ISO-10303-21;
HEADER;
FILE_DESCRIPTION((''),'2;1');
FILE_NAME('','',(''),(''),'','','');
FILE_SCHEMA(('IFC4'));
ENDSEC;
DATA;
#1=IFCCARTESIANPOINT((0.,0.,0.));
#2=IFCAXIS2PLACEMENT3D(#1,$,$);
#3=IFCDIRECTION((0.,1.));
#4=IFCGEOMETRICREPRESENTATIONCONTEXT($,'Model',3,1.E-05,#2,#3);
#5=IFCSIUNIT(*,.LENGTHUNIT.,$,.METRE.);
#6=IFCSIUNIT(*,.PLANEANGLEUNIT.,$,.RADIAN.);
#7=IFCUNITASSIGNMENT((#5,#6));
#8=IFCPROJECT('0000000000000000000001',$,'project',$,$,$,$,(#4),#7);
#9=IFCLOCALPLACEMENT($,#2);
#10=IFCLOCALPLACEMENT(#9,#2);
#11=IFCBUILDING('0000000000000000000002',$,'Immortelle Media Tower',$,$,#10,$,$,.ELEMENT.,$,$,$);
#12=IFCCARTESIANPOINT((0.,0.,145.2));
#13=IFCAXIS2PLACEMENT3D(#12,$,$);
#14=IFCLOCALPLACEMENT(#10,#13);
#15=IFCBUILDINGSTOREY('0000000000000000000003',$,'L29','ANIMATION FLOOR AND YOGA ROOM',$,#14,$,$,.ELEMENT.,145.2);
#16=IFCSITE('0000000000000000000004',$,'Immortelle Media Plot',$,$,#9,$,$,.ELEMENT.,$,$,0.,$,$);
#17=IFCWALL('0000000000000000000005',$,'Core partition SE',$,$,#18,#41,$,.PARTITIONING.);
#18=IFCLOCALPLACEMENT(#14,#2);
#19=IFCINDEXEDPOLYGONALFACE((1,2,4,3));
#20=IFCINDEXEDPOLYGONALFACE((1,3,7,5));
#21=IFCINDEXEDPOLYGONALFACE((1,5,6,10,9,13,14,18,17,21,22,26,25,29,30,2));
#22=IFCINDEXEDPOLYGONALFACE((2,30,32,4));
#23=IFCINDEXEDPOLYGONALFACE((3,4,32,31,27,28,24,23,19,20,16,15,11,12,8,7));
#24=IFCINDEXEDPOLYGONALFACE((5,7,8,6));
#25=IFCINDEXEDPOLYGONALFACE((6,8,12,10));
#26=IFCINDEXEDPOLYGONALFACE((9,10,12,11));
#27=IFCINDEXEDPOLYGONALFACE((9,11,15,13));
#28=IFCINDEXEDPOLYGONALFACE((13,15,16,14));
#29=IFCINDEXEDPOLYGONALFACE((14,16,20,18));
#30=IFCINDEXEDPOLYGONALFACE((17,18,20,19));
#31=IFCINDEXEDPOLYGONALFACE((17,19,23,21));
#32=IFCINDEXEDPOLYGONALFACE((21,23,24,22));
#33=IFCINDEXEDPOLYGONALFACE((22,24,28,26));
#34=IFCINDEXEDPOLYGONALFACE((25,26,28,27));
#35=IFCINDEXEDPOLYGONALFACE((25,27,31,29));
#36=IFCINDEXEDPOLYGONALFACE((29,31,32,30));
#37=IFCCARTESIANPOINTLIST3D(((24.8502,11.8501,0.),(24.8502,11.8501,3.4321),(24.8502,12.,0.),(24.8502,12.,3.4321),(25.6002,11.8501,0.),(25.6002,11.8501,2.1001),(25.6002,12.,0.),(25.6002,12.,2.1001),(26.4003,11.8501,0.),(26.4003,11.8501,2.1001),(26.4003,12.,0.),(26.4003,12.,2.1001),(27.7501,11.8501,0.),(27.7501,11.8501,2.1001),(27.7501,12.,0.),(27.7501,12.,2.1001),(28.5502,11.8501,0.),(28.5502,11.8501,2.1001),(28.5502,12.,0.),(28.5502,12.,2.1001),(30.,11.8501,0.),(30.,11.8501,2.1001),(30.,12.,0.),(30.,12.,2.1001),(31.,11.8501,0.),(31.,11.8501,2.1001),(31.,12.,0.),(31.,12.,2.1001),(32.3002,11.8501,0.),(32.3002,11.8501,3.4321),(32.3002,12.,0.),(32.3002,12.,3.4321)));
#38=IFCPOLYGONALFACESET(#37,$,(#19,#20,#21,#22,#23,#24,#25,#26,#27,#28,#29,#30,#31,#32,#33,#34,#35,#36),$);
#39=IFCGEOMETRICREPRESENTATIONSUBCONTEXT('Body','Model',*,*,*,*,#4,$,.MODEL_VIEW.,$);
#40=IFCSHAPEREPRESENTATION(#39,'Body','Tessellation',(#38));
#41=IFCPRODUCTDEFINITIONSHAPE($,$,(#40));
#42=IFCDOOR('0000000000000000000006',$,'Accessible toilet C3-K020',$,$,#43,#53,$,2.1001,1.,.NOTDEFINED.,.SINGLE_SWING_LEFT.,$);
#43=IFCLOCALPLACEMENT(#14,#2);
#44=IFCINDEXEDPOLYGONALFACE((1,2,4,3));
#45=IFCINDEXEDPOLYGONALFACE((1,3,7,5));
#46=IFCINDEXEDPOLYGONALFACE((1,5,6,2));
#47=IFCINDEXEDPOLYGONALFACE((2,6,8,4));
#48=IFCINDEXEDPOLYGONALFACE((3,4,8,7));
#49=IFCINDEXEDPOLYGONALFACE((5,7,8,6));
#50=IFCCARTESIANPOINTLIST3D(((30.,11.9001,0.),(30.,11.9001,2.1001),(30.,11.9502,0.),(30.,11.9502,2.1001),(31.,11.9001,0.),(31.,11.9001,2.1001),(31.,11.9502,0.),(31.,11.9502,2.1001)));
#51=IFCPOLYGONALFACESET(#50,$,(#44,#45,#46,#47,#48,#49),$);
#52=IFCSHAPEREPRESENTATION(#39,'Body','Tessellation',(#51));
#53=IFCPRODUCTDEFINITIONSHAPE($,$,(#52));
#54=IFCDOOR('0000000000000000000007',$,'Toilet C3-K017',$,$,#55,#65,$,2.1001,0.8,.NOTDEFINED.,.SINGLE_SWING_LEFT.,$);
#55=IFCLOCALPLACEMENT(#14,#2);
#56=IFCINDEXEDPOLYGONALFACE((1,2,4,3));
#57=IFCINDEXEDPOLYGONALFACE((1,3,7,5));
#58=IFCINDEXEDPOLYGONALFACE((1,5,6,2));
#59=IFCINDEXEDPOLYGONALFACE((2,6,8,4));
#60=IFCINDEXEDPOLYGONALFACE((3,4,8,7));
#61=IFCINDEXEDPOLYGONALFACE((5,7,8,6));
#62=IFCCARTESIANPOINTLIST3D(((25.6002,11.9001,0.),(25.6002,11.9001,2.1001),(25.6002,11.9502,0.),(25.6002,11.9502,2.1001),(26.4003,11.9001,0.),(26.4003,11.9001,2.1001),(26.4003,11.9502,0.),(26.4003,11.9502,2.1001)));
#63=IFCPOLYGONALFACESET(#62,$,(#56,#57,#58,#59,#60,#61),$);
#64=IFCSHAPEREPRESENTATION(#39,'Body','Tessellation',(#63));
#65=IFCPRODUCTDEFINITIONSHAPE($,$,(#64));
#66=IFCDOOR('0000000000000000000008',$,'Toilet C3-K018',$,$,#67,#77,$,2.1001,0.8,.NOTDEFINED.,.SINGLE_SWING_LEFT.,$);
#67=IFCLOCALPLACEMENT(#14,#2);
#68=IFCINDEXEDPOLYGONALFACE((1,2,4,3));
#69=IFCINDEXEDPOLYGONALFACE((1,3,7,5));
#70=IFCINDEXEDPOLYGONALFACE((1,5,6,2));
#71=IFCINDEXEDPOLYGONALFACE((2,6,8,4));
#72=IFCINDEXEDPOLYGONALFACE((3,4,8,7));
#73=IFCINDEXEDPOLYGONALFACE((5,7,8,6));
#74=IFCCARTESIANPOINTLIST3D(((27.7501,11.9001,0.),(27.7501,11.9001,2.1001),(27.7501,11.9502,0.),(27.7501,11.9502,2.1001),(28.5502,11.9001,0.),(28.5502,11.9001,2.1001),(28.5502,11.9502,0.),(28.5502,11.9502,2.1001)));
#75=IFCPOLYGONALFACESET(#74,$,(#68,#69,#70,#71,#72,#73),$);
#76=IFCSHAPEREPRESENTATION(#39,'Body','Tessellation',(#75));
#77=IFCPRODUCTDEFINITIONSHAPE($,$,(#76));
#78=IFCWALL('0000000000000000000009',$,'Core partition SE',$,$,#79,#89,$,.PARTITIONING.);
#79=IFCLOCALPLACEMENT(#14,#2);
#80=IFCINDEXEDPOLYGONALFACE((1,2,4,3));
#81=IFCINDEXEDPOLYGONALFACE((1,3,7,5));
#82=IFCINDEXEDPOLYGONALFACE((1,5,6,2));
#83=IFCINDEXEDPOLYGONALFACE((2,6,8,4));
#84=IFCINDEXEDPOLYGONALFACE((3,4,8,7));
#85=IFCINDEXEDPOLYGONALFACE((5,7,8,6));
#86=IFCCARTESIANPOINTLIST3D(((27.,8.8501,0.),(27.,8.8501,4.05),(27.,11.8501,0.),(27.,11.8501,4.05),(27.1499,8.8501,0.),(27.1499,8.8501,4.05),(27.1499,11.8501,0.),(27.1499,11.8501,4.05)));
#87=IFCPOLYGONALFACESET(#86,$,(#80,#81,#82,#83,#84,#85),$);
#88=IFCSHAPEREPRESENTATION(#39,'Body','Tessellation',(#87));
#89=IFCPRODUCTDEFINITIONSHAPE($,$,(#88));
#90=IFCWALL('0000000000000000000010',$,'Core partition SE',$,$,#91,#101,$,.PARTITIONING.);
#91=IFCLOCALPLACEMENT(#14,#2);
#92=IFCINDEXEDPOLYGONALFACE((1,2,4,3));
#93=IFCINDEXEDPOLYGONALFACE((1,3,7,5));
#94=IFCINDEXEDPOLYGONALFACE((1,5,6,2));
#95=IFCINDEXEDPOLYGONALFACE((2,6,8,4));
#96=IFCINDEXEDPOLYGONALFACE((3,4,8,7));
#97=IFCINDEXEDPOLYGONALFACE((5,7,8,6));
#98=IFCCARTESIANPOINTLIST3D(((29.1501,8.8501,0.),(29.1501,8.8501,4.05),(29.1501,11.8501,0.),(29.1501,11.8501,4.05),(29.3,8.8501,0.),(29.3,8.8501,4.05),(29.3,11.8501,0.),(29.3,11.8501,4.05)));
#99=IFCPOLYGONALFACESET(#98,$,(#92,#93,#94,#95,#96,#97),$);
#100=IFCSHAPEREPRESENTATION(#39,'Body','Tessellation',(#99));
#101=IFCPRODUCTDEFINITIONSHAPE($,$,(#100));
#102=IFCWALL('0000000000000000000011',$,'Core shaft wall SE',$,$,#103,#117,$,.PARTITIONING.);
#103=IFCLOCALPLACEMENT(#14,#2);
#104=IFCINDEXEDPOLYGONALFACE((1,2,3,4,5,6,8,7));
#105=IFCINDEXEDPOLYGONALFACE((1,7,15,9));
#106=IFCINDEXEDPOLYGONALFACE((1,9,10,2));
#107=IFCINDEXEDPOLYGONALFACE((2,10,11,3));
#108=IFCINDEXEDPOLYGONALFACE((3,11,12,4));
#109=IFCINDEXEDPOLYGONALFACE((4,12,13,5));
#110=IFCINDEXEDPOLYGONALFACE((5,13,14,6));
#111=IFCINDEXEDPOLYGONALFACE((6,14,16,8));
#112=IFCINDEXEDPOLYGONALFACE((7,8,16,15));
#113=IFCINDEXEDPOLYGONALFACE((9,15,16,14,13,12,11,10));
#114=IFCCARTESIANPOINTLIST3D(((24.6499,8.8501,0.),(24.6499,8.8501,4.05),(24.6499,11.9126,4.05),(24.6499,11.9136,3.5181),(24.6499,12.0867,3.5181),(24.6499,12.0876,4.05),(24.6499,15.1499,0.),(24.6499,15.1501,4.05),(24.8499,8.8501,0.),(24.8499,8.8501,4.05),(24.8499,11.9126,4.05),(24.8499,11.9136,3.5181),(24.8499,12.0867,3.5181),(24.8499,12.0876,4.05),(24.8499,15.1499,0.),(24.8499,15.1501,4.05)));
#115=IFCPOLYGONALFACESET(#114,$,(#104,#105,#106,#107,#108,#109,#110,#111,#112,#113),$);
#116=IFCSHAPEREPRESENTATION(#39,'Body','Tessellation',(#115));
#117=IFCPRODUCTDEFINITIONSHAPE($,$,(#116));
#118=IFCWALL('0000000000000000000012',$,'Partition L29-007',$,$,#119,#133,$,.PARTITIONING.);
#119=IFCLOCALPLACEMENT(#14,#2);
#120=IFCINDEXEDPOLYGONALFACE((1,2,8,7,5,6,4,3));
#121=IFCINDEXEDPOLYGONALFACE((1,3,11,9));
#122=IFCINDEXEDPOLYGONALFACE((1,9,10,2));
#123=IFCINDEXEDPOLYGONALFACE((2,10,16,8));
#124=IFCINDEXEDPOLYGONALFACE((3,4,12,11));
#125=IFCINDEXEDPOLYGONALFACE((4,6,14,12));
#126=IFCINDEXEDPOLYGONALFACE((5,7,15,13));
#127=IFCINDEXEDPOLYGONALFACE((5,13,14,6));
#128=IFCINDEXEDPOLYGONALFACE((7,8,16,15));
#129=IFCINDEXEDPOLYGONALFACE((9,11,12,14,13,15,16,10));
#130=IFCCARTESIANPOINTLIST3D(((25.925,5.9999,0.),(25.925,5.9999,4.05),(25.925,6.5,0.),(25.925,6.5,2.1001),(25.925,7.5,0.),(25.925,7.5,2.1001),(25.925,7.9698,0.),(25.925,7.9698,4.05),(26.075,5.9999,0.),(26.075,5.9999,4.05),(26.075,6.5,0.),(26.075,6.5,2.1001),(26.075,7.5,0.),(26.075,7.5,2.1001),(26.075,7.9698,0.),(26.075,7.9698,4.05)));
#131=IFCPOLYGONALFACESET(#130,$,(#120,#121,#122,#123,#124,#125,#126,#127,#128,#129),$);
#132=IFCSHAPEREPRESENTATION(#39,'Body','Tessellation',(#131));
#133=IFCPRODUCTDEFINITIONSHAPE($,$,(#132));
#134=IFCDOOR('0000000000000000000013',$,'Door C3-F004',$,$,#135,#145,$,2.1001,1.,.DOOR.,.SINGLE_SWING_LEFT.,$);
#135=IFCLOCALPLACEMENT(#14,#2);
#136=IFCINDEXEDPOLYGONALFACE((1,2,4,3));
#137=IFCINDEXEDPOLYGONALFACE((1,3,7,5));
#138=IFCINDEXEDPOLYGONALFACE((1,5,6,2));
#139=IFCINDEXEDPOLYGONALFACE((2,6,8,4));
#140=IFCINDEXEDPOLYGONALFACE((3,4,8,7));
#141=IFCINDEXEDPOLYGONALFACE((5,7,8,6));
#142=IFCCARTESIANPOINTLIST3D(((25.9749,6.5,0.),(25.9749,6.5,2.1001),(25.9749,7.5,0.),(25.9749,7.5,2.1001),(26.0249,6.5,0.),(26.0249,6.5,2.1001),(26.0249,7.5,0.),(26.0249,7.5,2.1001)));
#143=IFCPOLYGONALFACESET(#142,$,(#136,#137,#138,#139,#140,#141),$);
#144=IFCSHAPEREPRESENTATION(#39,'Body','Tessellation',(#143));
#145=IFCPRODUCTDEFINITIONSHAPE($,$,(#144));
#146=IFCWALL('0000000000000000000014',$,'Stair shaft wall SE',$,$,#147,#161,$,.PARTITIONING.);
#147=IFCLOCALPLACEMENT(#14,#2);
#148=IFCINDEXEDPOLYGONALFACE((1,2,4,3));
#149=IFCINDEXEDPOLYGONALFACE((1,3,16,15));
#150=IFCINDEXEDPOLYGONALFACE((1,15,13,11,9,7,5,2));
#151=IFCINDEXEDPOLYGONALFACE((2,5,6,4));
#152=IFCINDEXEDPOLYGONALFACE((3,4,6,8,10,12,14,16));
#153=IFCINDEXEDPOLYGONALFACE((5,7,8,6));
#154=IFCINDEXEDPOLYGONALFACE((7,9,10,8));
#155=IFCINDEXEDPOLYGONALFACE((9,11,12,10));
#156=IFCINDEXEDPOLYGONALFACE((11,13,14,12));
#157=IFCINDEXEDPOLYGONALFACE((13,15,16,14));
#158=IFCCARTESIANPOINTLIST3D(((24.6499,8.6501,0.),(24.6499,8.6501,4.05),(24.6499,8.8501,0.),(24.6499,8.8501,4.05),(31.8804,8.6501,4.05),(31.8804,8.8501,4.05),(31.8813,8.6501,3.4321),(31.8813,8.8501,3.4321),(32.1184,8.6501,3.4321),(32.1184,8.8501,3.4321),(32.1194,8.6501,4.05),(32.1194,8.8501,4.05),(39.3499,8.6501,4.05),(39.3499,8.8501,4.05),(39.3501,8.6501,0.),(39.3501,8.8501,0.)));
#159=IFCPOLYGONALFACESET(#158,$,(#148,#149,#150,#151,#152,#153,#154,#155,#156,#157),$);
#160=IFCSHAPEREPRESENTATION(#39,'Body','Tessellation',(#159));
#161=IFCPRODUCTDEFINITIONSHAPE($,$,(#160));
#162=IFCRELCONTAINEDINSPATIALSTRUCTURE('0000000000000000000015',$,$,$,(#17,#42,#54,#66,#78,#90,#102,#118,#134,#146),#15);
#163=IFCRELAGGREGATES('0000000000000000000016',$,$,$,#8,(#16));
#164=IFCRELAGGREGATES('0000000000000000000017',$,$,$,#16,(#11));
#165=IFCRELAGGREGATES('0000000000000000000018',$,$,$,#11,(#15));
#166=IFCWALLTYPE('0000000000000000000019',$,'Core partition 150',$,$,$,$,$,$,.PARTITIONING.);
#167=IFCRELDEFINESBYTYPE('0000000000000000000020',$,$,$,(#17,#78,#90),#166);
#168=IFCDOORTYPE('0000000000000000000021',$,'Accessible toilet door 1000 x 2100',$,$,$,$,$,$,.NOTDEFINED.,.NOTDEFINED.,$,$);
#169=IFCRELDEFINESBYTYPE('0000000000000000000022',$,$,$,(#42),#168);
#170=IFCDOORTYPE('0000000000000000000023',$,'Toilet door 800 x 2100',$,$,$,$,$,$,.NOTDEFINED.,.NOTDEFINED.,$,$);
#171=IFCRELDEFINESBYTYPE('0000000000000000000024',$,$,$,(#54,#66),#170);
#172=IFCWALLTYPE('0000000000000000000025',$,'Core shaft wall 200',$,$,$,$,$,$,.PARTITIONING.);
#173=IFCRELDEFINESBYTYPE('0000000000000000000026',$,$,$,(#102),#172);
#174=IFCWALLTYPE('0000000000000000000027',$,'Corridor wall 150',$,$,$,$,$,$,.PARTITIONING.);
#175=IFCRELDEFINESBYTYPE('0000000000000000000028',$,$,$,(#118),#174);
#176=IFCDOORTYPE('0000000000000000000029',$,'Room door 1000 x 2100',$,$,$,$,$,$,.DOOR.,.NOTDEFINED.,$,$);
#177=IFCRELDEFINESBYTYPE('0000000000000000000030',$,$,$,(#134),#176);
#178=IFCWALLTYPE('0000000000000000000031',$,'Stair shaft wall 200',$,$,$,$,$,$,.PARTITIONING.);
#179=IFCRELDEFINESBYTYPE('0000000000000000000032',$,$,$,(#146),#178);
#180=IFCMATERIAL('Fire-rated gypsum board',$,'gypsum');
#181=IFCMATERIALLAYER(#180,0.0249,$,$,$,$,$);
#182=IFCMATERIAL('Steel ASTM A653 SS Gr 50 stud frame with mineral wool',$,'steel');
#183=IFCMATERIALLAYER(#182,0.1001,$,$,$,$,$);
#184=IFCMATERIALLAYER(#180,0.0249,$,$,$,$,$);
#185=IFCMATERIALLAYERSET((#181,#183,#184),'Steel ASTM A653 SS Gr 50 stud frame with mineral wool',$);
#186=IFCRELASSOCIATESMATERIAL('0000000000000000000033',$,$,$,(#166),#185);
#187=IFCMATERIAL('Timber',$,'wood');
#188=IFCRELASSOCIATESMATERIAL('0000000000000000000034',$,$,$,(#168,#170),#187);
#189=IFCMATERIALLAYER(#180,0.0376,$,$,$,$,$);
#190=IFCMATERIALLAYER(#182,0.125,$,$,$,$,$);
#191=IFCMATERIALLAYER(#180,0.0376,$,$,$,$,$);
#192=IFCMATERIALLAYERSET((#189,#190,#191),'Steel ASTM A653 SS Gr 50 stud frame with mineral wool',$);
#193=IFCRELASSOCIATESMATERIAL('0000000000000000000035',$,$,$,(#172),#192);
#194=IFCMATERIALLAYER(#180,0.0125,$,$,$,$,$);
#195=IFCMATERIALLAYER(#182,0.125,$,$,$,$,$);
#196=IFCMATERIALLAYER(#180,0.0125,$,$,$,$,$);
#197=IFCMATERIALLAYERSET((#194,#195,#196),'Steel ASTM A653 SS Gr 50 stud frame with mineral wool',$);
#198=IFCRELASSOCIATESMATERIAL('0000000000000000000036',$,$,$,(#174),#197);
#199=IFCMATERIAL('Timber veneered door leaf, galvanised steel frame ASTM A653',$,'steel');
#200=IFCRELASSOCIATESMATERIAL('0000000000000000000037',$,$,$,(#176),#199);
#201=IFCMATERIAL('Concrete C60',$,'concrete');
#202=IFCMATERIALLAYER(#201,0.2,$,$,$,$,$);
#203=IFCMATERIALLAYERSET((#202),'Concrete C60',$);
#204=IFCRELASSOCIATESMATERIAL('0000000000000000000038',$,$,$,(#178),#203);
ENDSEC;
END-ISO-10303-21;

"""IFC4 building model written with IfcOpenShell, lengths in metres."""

from ifc_helpers import new_model, si_unit, direction, frame, frame_2d, origin, place, context, subcontext, project, spatial, polyline, rectangle, outline, extrude, material, layer, layer_set, type_object, element, fill, save


model = new_model("IFC4")

# Units and contexts
model_context = context("Model", 3, precision=1e-05, world=origin(), true_north=direction((0.0, 1.0)))
body_context = subcontext(model_context, "Body", "Model", "MODEL_VIEW")
ifc_project = project(units=[si_unit("LENGTHUNIT", "METRE"), si_unit("PLANEANGLEUNIT", "RADIAN")], contexts=[model_context])

# Site, building, storey
site_placement = place(None, origin())
site = spatial("IfcSite", under=ifc_project, at=site_placement, Name="Immortelle Media Plot", CompositionType="ELEMENT", RefElevation=0.0)
building_placement = place(site_placement, origin())
building = spatial("IfcBuilding", under=site, at=building_placement, Name="Immortelle Media Tower", CompositionType="ELEMENT")
storey_placement = place(building_placement, frame((0.0, 0.0, 145.2)))
storey = spatial("IfcBuildingStorey", under=building, at=storey_placement, Name="L29", Description="ANIMATION FLOOR AND YOGA ROOM", CompositionType="ELEMENT", Elevation=145.2)

# Wall, openings, doors
ifc_material_1 = material(Name="Fire-rated gypsum board", Category="gypsum")
ifc_layer_1 = layer(ifc_material_1, 0.0249)
ifc_material_2 = material(Name="Steel ASTM A653 SS Gr 50 stud frame with mineral wool", Category="steel")
ifc_layer_2 = layer(ifc_material_2, 0.1001)
ifc_layer_3 = layer(ifc_material_1, 0.0249)
ifc_layer_set_1 = layer_set([ifc_layer_1, ifc_layer_2, ifc_layer_3], Name="Steel ASTM A653 SS Gr 50 stud frame with mineral wool")
wall_type_1 = type_object("IfcWallType", Name="Core partition 150", PredefinedType="PARTITIONING", material=ifc_layer_set_1)
wall_1_placement = place(storey_placement, frame((24.8501, 11.925, 0.0), z_axis=(0.0, 0.0, 1.0), x_axis=(1.0, 0.0, 0.0)))
wall_1 = element("IfcWall", 1, at=wall_1_placement, inside=storey, type_object=wall_type_1, Name="Core partition SE", PredefinedType="PARTITIONING", context=body_context, shape_type="SweptSolid", body=[
    extrude(rectangle(XDim=7.45, YDim=0.1499, at=frame_2d((3.7251, 0.0))), origin(), (0.0, 0.0, 1.0), 3.4321),
])
opening_1_placement = place(wall_1_placement, frame((1.55, 0.0, 0.0), z_axis=(0.0, 0.0, 1.0), x_axis=(-1.0, 0.0, 0.0)))
opening_1 = element("IfcOpeningElement", 2, at=opening_1_placement, cuts=wall_1, PredefinedType="OPENING", context=body_context, shape_type="SweptSolid", body=[
    extrude(rectangle(XDim=0.8, YDim=2.1001, at=frame_2d((0.3999, 1.05))), frame((0.0, 0.085, 0.0), z_axis=(0.0, -1.0, 0.0), x_axis=(1.0, 0.0, 0.0)), (0.0, 0.0, 1.0), 0.1699),
])
opening_2_placement = place(wall_1_placement, frame((3.7, 0.0, 0.0), z_axis=(0.0, 0.0, 1.0), x_axis=(-1.0, 0.0, 0.0)))
opening_2 = element("IfcOpeningElement", 3, at=opening_2_placement, cuts=wall_1, PredefinedType="OPENING", context=body_context, shape_type="SweptSolid", body=[
    extrude(rectangle(XDim=0.8, YDim=2.1001, at=frame_2d((0.3999, 1.05))), frame((0.0, 0.085, 0.0), z_axis=(0.0, -1.0, 0.0), x_axis=(1.0, 0.0, 0.0)), (0.0, 0.0, 1.0), 0.1699),
])
opening_3_placement = place(wall_1_placement, frame((6.1499, 0.0, 0.0), z_axis=(0.0, 0.0, 1.0), x_axis=(-1.0, 0.0, 0.0)))
opening_3 = element("IfcOpeningElement", 4, at=opening_3_placement, cuts=wall_1, PredefinedType="OPENING", context=body_context, shape_type="SweptSolid", body=[
    extrude(rectangle(XDim=1.0, YDim=2.1001, at=frame_2d((0.5, 1.05))), frame((0.0, 0.085, 0.0), z_axis=(0.0, -1.0, 0.0), x_axis=(1.0, 0.0, 0.0)), (0.0, 0.0, 1.0), 0.1699),
])
ifc_material_3 = material(Name="Timber", Category="wood")
door_type_1 = type_object("IfcDoorType", Name="Accessible toilet door 1000 x 2100", OperationType="NOTDEFINED", PredefinedType="NOTDEFINED", material=ifc_material_3)
door_1_placement = place(opening_3_placement, origin())
door_1 = element("IfcDoor", 5, at=door_1_placement, inside=storey, type_object=door_type_1, Name="Accessible toilet C3-K020", OperationType="SINGLE_SWING_LEFT", OverallHeight=2.1001, OverallWidth=1.0, PredefinedType="NOTDEFINED", context=body_context, shape_type="SweptSolid", body=[
    extrude(rectangle(XDim=1.0, YDim=2.1001, at=frame_2d((0.5, 1.05))), frame((0.0, 0.0249, 0.0), z_axis=(0.0, -1.0, 0.0), x_axis=(1.0, 0.0, 0.0)), (0.0, 0.0, 1.0), 0.05),
])
fill(opening_3, door_1)
door_type_2 = type_object("IfcDoorType", Name="Toilet door 800 x 2100", OperationType="NOTDEFINED", PredefinedType="NOTDEFINED", material=ifc_material_3)
door_2_placement = place(opening_1_placement, origin())
door_2 = element("IfcDoor", 6, at=door_2_placement, inside=storey, type_object=door_type_2, Name="Toilet C3-K017", OperationType="SINGLE_SWING_LEFT", OverallHeight=2.1001, OverallWidth=0.8, PredefinedType="NOTDEFINED", context=body_context, shape_type="SweptSolid", body=[
    extrude(rectangle(XDim=0.8, YDim=2.1001, at=frame_2d((0.3999, 1.05))), frame((0.0, 0.0249, 0.0), z_axis=(0.0, -1.0, 0.0), x_axis=(1.0, 0.0, 0.0)), (0.0, 0.0, 1.0), 0.05),
])
fill(opening_1, door_2)
door_3_placement = place(opening_2_placement, origin())
door_3 = element("IfcDoor", 7, at=door_3_placement, inside=storey, type_object=door_type_2, Name="Toilet C3-K018", OperationType="SINGLE_SWING_LEFT", OverallHeight=2.1001, OverallWidth=0.8, PredefinedType="NOTDEFINED", context=body_context, shape_type="SweptSolid", body=[
    extrude(rectangle(XDim=0.8, YDim=2.1001, at=frame_2d((0.3999, 1.05))), frame((0.0, 0.0249, 0.0), z_axis=(0.0, -1.0, 0.0), x_axis=(1.0, 0.0, 0.0)), (0.0, 0.0, 1.0), 0.05),
])
fill(opening_2, door_3)

# Walls
for number, where, z_axis, x_axis, name in (
    (8, (27.075, 8.8501, 0.0), (0.0, 0.0, 1.0), (0.0, 1.0, 0.0), "Core partition SE"),
    (9, (29.2251, 8.8501, 0.0), (0.0, 0.0, 1.0), (0.0, 1.0, 0.0), "Core partition SE"),
):
    element("IfcWall", number, at=place(storey_placement, frame(where, z_axis=z_axis, x_axis=x_axis)), inside=storey, type_object=wall_type_1, Name=name, PredefinedType="PARTITIONING", context=body_context, shape_type="SweptSolid", body=[
        extrude(rectangle(XDim=3.0, YDim=0.1499, at=frame_2d((1.5, 0.0))), origin(), (0.0, 0.0, 1.0), 4.05),
    ])
ifc_layer_4 = layer(ifc_material_1, 0.0376)
ifc_layer_5 = layer(ifc_material_2, 0.125)
ifc_layer_6 = layer(ifc_material_1, 0.0376)
ifc_layer_set_2 = layer_set([ifc_layer_4, ifc_layer_5, ifc_layer_6], Name="Steel ASTM A653 SS Gr 50 stud frame with mineral wool")
wall_type_2 = type_object("IfcWallType", Name="Core shaft wall 200", PredefinedType="PARTITIONING", material=ifc_layer_set_2)
wall_2_placement = place(storey_placement, frame((24.75, 8.8501, 0.0), z_axis=(0.0, 0.0, 1.0), x_axis=(0.0, 1.0, 0.0)))
element("IfcWall", 10, at=wall_2_placement, inside=storey, type_object=wall_type_2, Name="Core shaft wall SE", PredefinedType="PARTITIONING", context=body_context, shape_type="SweptSolid", body=[
    extrude(outline(polyline([(0.0, 0.0), (6.2998, 0.0), (6.3, 4.05), (3.2375, 4.05), (3.2366, 3.5181), (3.0635, 3.5181), (3.0625, 4.05), (0.0, 4.05), (0.0, 0.0)])), frame((0.0, 0.1001, 0.0), z_axis=(0.0, -1.0, 0.0), x_axis=(1.0, 0.0, 0.0)), (0.0, 0.0, 1.0), 0.2),
])

# Wall, opening, door
ifc_layer_7 = layer(ifc_material_1, 0.0125)
ifc_layer_8 = layer(ifc_material_2, 0.125)
ifc_layer_9 = layer(ifc_material_1, 0.0125)
ifc_layer_set_3 = layer_set([ifc_layer_7, ifc_layer_8, ifc_layer_9], Name="Steel ASTM A653 SS Gr 50 stud frame with mineral wool")
wall_type_3 = type_object("IfcWallType", Name="Corridor wall 150", PredefinedType="PARTITIONING", material=ifc_layer_set_3)
wall_3_placement = place(storey_placement, frame((26.0, 6.0, 0.0), z_axis=(0.0, 0.0, 1.0), x_axis=(0.0, 1.0, 0.0)))
wall_3 = element("IfcWall", 11, at=wall_3_placement, inside=storey, type_object=wall_type_3, Name="Partition L29-007", PredefinedType="PARTITIONING", context=body_context, shape_type="SweptSolid", body=[
    extrude(rectangle(XDim=1.97, YDim=0.1499, at=frame_2d((0.9849, 0.0))), origin(), (0.0, 0.0, 1.0), 4.05),
])
opening_4_placement = place(wall_3_placement, frame((1.5, 0.0, 0.0), z_axis=(0.0, 0.0, 1.0), x_axis=(-1.0, 0.0, 0.0)))
opening_4 = element("IfcOpeningElement", 12, at=opening_4_placement, cuts=wall_3, PredefinedType="OPENING", context=body_context, shape_type="SweptSolid", body=[
    extrude(rectangle(XDim=1.0, YDim=2.1001, at=frame_2d((0.5, 1.05))), frame((0.0, 0.085, 0.0), z_axis=(0.0, -1.0, 0.0), x_axis=(1.0, 0.0, 0.0)), (0.0, 0.0, 1.0), 0.1699),
])
ifc_material_4 = material(Name="Timber veneered door leaf, galvanised steel frame ASTM A653", Category="steel")
door_type_3 = type_object("IfcDoorType", Name="Room door 1000 x 2100", OperationType="NOTDEFINED", PredefinedType="DOOR", material=ifc_material_4)
door_4_placement = place(opening_4_placement, origin())
door_4 = element("IfcDoor", 13, at=door_4_placement, inside=storey, type_object=door_type_3, Name="Door C3-F004", OperationType="SINGLE_SWING_LEFT", OverallHeight=2.1001, OverallWidth=1.0, PredefinedType="DOOR", context=body_context, shape_type="SweptSolid", body=[
    extrude(rectangle(XDim=1.0, YDim=2.1001, at=frame_2d((0.5, 1.05))), frame((0.0, 0.0249, 0.0), z_axis=(0.0, -1.0, 0.0), x_axis=(1.0, 0.0, 0.0)), (0.0, 0.0, 1.0), 0.05),
])
fill(opening_4, door_4)

# Wall
ifc_material_5 = material(Name="Concrete C60", Category="concrete")
ifc_layer_10 = layer(ifc_material_5, 0.2)
ifc_layer_set_4 = layer_set([ifc_layer_10], Name="Concrete C60")
wall_type_4 = type_object("IfcWallType", Name="Stair shaft wall 200", PredefinedType="PARTITIONING", material=ifc_layer_set_4)
wall_4_placement = place(storey_placement, frame((24.6499, 8.75, 0.0), z_axis=(0.0, 0.0, 1.0), x_axis=(1.0, 0.0, 0.0)))
element("IfcWall", 14, at=wall_4_placement, inside=storey, type_object=wall_type_4, Name="Stair shaft wall SE", PredefinedType="PARTITIONING", context=body_context, shape_type="SweptSolid", body=[
    extrude(outline(polyline([(0.0, 0.0), (14.7002, 0.0), (14.7, 4.05), (7.4695, 4.05), (7.4685, 3.4321), (7.2314, 3.4321), (7.2305, 4.05), (0.0, 4.05), (0.0, 0.0)])), frame((0.0, 0.1001, 0.0), z_axis=(0.0, -1.0, 0.0), x_axis=(1.0, 0.0, 0.0)), (0.0, 0.0, 1.0), 0.2),
])

save(model, "model.ifc")
